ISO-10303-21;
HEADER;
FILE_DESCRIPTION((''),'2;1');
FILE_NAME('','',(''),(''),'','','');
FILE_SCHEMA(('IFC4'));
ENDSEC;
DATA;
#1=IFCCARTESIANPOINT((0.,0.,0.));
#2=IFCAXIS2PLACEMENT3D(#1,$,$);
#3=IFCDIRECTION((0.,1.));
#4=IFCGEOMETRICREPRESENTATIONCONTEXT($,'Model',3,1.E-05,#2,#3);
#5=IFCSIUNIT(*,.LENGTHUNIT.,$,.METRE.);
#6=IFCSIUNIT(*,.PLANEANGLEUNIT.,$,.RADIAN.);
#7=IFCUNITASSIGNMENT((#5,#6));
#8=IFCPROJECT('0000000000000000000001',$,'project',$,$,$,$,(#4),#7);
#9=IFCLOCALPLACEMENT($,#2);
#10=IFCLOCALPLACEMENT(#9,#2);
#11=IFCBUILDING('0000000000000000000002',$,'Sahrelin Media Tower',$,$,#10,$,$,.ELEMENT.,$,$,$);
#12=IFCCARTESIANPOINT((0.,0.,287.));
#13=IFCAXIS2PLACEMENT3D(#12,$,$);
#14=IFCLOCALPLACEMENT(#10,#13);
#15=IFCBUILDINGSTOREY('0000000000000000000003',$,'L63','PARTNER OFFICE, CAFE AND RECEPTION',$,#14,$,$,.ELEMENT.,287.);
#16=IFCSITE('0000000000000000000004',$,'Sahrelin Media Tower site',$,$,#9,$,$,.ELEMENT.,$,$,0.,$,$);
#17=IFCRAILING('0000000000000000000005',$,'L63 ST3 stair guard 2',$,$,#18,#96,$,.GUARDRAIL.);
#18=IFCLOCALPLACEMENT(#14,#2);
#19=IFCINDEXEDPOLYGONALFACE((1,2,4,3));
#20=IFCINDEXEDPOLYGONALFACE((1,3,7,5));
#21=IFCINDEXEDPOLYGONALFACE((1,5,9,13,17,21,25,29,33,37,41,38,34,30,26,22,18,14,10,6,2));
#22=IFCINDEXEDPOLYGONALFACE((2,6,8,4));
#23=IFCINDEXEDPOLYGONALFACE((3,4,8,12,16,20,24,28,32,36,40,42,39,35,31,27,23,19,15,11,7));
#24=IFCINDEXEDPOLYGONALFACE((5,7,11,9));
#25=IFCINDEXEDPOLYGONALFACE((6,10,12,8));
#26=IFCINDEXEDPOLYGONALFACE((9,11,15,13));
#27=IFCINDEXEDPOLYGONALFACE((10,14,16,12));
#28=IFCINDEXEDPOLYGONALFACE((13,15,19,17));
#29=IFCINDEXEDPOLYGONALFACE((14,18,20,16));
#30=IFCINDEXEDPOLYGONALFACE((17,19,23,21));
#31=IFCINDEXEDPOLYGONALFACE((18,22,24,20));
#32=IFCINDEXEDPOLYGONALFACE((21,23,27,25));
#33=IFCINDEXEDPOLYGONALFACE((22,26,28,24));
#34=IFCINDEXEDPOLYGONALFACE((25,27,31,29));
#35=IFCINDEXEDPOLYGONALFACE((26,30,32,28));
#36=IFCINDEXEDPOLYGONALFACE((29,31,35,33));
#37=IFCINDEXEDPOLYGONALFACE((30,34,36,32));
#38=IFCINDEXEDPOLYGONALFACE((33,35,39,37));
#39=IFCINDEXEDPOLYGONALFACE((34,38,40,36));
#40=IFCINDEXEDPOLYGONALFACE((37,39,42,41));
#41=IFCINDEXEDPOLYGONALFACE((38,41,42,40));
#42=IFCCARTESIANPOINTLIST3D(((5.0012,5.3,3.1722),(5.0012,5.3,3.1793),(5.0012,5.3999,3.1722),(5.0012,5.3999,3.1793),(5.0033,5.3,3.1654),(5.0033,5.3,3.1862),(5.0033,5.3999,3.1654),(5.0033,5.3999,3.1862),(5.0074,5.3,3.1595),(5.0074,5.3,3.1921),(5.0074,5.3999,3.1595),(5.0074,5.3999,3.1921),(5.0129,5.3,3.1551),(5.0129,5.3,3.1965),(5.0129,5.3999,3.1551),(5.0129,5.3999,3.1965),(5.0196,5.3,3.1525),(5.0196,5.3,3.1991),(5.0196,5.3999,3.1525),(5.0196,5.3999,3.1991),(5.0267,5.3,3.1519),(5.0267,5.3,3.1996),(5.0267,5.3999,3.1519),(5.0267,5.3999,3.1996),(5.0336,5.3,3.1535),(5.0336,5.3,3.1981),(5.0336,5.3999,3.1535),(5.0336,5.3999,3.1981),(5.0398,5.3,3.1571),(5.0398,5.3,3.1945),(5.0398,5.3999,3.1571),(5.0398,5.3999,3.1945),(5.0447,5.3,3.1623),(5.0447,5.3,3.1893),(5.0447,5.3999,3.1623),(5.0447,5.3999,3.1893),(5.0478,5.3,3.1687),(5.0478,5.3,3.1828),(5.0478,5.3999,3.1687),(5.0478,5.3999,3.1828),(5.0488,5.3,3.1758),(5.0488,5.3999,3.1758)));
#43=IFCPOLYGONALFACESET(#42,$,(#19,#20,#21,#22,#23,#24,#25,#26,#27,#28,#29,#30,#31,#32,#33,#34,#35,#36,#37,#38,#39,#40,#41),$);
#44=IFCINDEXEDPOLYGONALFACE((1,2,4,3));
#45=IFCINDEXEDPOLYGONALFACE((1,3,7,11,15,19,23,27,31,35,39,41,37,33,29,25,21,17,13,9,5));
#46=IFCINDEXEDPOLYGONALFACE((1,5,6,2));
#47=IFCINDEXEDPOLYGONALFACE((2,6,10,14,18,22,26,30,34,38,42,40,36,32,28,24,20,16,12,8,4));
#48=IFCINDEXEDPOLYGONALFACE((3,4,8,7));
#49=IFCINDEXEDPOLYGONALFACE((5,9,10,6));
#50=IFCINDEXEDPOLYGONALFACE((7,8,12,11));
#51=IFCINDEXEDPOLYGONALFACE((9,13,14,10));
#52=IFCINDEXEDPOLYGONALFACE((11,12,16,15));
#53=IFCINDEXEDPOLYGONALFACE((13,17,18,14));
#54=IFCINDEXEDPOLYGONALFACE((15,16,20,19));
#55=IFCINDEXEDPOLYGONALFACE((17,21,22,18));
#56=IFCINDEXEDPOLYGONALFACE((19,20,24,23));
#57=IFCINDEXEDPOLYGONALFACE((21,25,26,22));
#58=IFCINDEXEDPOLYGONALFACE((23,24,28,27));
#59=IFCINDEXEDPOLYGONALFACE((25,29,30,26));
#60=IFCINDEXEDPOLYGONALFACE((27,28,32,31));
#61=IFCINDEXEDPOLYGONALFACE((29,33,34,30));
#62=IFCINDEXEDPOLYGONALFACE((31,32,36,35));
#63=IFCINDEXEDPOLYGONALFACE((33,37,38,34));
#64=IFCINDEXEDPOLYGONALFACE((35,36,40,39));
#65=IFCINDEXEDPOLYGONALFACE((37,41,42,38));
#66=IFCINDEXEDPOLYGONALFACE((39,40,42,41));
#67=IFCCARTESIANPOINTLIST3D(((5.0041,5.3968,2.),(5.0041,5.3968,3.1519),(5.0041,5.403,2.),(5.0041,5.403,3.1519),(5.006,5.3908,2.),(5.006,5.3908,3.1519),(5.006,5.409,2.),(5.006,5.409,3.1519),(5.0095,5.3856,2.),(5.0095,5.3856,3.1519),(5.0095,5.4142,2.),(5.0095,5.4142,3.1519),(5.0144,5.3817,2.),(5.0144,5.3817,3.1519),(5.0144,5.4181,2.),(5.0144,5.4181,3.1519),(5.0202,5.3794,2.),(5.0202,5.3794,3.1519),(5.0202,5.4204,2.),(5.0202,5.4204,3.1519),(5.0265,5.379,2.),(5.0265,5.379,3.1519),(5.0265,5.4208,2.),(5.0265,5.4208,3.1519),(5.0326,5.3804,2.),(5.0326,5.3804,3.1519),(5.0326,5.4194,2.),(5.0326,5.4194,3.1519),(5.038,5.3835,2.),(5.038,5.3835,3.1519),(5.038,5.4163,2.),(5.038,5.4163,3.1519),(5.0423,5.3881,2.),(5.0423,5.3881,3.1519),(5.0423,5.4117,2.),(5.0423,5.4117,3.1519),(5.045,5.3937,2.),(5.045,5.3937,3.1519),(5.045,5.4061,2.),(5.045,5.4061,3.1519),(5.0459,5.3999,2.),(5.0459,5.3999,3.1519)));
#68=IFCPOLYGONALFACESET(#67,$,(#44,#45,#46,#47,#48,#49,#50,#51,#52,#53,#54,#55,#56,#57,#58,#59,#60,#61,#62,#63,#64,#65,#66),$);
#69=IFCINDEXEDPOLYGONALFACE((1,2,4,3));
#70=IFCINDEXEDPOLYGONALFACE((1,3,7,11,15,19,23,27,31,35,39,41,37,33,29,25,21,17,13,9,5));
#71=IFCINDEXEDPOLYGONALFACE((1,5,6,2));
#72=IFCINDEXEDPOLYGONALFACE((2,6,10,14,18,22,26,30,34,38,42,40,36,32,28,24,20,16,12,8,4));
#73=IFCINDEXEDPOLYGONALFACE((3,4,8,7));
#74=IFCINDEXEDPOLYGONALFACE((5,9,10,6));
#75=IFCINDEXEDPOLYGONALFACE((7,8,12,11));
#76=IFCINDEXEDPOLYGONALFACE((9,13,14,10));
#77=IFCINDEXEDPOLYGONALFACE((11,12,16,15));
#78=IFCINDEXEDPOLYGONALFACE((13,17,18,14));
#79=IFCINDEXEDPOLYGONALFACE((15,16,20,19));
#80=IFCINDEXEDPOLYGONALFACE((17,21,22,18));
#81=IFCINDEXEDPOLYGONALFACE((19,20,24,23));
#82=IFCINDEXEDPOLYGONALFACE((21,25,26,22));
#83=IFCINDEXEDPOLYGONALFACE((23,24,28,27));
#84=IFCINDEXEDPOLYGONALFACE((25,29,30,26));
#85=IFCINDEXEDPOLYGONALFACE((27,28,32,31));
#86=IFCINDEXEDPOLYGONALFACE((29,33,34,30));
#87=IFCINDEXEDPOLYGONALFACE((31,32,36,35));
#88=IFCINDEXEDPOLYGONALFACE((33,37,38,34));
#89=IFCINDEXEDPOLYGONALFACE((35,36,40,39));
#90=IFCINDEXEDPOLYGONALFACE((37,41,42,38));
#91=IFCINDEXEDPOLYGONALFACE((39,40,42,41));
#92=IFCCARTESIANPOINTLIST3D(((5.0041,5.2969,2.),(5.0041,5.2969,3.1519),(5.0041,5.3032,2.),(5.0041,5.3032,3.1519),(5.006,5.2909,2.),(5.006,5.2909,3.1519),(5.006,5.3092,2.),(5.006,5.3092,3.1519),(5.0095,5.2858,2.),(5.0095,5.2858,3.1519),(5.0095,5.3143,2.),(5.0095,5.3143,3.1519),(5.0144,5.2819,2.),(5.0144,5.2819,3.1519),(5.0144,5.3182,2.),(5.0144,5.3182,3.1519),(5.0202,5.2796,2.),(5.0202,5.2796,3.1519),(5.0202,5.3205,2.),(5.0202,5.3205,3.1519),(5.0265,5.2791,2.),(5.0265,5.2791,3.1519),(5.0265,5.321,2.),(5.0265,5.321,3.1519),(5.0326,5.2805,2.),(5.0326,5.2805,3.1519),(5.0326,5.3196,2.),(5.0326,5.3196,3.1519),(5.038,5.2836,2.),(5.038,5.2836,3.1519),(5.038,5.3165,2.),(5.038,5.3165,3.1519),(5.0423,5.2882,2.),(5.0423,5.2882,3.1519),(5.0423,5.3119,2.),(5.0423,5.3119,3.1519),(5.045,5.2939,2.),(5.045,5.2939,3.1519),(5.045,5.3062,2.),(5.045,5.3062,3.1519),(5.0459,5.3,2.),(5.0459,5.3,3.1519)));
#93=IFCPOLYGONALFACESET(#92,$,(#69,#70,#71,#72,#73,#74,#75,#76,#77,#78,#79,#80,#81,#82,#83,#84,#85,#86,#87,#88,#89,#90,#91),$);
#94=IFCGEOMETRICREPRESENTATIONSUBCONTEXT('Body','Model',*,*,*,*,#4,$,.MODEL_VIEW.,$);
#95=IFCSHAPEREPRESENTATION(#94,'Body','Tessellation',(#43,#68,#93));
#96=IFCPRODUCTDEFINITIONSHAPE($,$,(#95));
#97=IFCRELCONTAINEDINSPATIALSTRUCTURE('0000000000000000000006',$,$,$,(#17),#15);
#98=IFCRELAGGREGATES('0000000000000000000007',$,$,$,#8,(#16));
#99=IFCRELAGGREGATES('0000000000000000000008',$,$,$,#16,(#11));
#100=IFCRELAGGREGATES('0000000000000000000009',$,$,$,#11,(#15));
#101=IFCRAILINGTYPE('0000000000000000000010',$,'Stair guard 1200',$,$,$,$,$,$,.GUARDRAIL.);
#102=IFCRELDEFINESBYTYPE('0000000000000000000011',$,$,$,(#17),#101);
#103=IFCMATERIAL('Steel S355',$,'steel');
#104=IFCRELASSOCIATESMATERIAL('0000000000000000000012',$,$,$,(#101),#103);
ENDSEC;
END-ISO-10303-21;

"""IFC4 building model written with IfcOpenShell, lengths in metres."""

from ifc_helpers import new_model, si_unit, direction, frame, origin, origin_2d, place, context, subcontext, project, spatial, circle, extrude, material, type_object, element, save


model = new_model("IFC4")

# Units and contexts
model_context = context("Model", 3, precision=1e-05, world=origin(), true_north=direction((0.0, 1.0)))
body_context = subcontext(model_context, "Body", "Model", "MODEL_VIEW")
ifc_project = project(units=[si_unit("LENGTHUNIT", "METRE"), si_unit("PLANEANGLEUNIT", "RADIAN")], contexts=[model_context])

# Site, building, storey
site_placement = place(None, origin())
site = spatial("IfcSite", under=ifc_project, at=site_placement, Name="Sahrelin Media Tower site", CompositionType="ELEMENT", RefElevation=0.0)
building_placement = place(site_placement, origin())
building = spatial("IfcBuilding", under=site, at=building_placement, Name="Sahrelin Media Tower", CompositionType="ELEMENT")
storey_placement = place(building_placement, frame((0.0, 0.0, 287.0)))
storey = spatial("IfcBuildingStorey", under=building, at=storey_placement, Name="L63", Description="PARTNER OFFICE, CAFE AND RECEPTION", CompositionType="ELEMENT", Elevation=287.0)

# Shared definitions
ifc_material_1 = material(Name="Steel S355", Category="steel")

# Railing
railing_type_1 = type_object("IfcRailingType", Name="Stair guard 1200", PredefinedType="GUARDRAIL", material=ifc_material_1)
railing_1_placement = place(storey_placement, frame((5.0249, 5.3999, 2.0)))
element("IfcRailing", 1, at=railing_1_placement, inside=storey, type_object=railing_type_1, Name="L63 ST3 stair guard 2", PredefinedType="GUARDRAIL", context=body_context, shape_type="SweptSolid", body=[
    extrude(circle(Radius=0.0239, at=origin_2d()), frame((0.0, 0.0, 1.1758), z_axis=(0.0, -1.0, 0.0), x_axis=(1.0, 0.0, 0.0)), (0.0, 0.0, 1.0), 0.0999),
    extrude(circle(Radius=0.021, at=origin_2d()), origin(), (0.0, 0.0, 1.0), 1.1519),
    extrude(circle(Radius=0.021, at=origin_2d()), frame((0.0, -0.0999, 0.0)), (0.0, 0.0, 1.0), 1.1519),
])

save(model, "model.ifc")
